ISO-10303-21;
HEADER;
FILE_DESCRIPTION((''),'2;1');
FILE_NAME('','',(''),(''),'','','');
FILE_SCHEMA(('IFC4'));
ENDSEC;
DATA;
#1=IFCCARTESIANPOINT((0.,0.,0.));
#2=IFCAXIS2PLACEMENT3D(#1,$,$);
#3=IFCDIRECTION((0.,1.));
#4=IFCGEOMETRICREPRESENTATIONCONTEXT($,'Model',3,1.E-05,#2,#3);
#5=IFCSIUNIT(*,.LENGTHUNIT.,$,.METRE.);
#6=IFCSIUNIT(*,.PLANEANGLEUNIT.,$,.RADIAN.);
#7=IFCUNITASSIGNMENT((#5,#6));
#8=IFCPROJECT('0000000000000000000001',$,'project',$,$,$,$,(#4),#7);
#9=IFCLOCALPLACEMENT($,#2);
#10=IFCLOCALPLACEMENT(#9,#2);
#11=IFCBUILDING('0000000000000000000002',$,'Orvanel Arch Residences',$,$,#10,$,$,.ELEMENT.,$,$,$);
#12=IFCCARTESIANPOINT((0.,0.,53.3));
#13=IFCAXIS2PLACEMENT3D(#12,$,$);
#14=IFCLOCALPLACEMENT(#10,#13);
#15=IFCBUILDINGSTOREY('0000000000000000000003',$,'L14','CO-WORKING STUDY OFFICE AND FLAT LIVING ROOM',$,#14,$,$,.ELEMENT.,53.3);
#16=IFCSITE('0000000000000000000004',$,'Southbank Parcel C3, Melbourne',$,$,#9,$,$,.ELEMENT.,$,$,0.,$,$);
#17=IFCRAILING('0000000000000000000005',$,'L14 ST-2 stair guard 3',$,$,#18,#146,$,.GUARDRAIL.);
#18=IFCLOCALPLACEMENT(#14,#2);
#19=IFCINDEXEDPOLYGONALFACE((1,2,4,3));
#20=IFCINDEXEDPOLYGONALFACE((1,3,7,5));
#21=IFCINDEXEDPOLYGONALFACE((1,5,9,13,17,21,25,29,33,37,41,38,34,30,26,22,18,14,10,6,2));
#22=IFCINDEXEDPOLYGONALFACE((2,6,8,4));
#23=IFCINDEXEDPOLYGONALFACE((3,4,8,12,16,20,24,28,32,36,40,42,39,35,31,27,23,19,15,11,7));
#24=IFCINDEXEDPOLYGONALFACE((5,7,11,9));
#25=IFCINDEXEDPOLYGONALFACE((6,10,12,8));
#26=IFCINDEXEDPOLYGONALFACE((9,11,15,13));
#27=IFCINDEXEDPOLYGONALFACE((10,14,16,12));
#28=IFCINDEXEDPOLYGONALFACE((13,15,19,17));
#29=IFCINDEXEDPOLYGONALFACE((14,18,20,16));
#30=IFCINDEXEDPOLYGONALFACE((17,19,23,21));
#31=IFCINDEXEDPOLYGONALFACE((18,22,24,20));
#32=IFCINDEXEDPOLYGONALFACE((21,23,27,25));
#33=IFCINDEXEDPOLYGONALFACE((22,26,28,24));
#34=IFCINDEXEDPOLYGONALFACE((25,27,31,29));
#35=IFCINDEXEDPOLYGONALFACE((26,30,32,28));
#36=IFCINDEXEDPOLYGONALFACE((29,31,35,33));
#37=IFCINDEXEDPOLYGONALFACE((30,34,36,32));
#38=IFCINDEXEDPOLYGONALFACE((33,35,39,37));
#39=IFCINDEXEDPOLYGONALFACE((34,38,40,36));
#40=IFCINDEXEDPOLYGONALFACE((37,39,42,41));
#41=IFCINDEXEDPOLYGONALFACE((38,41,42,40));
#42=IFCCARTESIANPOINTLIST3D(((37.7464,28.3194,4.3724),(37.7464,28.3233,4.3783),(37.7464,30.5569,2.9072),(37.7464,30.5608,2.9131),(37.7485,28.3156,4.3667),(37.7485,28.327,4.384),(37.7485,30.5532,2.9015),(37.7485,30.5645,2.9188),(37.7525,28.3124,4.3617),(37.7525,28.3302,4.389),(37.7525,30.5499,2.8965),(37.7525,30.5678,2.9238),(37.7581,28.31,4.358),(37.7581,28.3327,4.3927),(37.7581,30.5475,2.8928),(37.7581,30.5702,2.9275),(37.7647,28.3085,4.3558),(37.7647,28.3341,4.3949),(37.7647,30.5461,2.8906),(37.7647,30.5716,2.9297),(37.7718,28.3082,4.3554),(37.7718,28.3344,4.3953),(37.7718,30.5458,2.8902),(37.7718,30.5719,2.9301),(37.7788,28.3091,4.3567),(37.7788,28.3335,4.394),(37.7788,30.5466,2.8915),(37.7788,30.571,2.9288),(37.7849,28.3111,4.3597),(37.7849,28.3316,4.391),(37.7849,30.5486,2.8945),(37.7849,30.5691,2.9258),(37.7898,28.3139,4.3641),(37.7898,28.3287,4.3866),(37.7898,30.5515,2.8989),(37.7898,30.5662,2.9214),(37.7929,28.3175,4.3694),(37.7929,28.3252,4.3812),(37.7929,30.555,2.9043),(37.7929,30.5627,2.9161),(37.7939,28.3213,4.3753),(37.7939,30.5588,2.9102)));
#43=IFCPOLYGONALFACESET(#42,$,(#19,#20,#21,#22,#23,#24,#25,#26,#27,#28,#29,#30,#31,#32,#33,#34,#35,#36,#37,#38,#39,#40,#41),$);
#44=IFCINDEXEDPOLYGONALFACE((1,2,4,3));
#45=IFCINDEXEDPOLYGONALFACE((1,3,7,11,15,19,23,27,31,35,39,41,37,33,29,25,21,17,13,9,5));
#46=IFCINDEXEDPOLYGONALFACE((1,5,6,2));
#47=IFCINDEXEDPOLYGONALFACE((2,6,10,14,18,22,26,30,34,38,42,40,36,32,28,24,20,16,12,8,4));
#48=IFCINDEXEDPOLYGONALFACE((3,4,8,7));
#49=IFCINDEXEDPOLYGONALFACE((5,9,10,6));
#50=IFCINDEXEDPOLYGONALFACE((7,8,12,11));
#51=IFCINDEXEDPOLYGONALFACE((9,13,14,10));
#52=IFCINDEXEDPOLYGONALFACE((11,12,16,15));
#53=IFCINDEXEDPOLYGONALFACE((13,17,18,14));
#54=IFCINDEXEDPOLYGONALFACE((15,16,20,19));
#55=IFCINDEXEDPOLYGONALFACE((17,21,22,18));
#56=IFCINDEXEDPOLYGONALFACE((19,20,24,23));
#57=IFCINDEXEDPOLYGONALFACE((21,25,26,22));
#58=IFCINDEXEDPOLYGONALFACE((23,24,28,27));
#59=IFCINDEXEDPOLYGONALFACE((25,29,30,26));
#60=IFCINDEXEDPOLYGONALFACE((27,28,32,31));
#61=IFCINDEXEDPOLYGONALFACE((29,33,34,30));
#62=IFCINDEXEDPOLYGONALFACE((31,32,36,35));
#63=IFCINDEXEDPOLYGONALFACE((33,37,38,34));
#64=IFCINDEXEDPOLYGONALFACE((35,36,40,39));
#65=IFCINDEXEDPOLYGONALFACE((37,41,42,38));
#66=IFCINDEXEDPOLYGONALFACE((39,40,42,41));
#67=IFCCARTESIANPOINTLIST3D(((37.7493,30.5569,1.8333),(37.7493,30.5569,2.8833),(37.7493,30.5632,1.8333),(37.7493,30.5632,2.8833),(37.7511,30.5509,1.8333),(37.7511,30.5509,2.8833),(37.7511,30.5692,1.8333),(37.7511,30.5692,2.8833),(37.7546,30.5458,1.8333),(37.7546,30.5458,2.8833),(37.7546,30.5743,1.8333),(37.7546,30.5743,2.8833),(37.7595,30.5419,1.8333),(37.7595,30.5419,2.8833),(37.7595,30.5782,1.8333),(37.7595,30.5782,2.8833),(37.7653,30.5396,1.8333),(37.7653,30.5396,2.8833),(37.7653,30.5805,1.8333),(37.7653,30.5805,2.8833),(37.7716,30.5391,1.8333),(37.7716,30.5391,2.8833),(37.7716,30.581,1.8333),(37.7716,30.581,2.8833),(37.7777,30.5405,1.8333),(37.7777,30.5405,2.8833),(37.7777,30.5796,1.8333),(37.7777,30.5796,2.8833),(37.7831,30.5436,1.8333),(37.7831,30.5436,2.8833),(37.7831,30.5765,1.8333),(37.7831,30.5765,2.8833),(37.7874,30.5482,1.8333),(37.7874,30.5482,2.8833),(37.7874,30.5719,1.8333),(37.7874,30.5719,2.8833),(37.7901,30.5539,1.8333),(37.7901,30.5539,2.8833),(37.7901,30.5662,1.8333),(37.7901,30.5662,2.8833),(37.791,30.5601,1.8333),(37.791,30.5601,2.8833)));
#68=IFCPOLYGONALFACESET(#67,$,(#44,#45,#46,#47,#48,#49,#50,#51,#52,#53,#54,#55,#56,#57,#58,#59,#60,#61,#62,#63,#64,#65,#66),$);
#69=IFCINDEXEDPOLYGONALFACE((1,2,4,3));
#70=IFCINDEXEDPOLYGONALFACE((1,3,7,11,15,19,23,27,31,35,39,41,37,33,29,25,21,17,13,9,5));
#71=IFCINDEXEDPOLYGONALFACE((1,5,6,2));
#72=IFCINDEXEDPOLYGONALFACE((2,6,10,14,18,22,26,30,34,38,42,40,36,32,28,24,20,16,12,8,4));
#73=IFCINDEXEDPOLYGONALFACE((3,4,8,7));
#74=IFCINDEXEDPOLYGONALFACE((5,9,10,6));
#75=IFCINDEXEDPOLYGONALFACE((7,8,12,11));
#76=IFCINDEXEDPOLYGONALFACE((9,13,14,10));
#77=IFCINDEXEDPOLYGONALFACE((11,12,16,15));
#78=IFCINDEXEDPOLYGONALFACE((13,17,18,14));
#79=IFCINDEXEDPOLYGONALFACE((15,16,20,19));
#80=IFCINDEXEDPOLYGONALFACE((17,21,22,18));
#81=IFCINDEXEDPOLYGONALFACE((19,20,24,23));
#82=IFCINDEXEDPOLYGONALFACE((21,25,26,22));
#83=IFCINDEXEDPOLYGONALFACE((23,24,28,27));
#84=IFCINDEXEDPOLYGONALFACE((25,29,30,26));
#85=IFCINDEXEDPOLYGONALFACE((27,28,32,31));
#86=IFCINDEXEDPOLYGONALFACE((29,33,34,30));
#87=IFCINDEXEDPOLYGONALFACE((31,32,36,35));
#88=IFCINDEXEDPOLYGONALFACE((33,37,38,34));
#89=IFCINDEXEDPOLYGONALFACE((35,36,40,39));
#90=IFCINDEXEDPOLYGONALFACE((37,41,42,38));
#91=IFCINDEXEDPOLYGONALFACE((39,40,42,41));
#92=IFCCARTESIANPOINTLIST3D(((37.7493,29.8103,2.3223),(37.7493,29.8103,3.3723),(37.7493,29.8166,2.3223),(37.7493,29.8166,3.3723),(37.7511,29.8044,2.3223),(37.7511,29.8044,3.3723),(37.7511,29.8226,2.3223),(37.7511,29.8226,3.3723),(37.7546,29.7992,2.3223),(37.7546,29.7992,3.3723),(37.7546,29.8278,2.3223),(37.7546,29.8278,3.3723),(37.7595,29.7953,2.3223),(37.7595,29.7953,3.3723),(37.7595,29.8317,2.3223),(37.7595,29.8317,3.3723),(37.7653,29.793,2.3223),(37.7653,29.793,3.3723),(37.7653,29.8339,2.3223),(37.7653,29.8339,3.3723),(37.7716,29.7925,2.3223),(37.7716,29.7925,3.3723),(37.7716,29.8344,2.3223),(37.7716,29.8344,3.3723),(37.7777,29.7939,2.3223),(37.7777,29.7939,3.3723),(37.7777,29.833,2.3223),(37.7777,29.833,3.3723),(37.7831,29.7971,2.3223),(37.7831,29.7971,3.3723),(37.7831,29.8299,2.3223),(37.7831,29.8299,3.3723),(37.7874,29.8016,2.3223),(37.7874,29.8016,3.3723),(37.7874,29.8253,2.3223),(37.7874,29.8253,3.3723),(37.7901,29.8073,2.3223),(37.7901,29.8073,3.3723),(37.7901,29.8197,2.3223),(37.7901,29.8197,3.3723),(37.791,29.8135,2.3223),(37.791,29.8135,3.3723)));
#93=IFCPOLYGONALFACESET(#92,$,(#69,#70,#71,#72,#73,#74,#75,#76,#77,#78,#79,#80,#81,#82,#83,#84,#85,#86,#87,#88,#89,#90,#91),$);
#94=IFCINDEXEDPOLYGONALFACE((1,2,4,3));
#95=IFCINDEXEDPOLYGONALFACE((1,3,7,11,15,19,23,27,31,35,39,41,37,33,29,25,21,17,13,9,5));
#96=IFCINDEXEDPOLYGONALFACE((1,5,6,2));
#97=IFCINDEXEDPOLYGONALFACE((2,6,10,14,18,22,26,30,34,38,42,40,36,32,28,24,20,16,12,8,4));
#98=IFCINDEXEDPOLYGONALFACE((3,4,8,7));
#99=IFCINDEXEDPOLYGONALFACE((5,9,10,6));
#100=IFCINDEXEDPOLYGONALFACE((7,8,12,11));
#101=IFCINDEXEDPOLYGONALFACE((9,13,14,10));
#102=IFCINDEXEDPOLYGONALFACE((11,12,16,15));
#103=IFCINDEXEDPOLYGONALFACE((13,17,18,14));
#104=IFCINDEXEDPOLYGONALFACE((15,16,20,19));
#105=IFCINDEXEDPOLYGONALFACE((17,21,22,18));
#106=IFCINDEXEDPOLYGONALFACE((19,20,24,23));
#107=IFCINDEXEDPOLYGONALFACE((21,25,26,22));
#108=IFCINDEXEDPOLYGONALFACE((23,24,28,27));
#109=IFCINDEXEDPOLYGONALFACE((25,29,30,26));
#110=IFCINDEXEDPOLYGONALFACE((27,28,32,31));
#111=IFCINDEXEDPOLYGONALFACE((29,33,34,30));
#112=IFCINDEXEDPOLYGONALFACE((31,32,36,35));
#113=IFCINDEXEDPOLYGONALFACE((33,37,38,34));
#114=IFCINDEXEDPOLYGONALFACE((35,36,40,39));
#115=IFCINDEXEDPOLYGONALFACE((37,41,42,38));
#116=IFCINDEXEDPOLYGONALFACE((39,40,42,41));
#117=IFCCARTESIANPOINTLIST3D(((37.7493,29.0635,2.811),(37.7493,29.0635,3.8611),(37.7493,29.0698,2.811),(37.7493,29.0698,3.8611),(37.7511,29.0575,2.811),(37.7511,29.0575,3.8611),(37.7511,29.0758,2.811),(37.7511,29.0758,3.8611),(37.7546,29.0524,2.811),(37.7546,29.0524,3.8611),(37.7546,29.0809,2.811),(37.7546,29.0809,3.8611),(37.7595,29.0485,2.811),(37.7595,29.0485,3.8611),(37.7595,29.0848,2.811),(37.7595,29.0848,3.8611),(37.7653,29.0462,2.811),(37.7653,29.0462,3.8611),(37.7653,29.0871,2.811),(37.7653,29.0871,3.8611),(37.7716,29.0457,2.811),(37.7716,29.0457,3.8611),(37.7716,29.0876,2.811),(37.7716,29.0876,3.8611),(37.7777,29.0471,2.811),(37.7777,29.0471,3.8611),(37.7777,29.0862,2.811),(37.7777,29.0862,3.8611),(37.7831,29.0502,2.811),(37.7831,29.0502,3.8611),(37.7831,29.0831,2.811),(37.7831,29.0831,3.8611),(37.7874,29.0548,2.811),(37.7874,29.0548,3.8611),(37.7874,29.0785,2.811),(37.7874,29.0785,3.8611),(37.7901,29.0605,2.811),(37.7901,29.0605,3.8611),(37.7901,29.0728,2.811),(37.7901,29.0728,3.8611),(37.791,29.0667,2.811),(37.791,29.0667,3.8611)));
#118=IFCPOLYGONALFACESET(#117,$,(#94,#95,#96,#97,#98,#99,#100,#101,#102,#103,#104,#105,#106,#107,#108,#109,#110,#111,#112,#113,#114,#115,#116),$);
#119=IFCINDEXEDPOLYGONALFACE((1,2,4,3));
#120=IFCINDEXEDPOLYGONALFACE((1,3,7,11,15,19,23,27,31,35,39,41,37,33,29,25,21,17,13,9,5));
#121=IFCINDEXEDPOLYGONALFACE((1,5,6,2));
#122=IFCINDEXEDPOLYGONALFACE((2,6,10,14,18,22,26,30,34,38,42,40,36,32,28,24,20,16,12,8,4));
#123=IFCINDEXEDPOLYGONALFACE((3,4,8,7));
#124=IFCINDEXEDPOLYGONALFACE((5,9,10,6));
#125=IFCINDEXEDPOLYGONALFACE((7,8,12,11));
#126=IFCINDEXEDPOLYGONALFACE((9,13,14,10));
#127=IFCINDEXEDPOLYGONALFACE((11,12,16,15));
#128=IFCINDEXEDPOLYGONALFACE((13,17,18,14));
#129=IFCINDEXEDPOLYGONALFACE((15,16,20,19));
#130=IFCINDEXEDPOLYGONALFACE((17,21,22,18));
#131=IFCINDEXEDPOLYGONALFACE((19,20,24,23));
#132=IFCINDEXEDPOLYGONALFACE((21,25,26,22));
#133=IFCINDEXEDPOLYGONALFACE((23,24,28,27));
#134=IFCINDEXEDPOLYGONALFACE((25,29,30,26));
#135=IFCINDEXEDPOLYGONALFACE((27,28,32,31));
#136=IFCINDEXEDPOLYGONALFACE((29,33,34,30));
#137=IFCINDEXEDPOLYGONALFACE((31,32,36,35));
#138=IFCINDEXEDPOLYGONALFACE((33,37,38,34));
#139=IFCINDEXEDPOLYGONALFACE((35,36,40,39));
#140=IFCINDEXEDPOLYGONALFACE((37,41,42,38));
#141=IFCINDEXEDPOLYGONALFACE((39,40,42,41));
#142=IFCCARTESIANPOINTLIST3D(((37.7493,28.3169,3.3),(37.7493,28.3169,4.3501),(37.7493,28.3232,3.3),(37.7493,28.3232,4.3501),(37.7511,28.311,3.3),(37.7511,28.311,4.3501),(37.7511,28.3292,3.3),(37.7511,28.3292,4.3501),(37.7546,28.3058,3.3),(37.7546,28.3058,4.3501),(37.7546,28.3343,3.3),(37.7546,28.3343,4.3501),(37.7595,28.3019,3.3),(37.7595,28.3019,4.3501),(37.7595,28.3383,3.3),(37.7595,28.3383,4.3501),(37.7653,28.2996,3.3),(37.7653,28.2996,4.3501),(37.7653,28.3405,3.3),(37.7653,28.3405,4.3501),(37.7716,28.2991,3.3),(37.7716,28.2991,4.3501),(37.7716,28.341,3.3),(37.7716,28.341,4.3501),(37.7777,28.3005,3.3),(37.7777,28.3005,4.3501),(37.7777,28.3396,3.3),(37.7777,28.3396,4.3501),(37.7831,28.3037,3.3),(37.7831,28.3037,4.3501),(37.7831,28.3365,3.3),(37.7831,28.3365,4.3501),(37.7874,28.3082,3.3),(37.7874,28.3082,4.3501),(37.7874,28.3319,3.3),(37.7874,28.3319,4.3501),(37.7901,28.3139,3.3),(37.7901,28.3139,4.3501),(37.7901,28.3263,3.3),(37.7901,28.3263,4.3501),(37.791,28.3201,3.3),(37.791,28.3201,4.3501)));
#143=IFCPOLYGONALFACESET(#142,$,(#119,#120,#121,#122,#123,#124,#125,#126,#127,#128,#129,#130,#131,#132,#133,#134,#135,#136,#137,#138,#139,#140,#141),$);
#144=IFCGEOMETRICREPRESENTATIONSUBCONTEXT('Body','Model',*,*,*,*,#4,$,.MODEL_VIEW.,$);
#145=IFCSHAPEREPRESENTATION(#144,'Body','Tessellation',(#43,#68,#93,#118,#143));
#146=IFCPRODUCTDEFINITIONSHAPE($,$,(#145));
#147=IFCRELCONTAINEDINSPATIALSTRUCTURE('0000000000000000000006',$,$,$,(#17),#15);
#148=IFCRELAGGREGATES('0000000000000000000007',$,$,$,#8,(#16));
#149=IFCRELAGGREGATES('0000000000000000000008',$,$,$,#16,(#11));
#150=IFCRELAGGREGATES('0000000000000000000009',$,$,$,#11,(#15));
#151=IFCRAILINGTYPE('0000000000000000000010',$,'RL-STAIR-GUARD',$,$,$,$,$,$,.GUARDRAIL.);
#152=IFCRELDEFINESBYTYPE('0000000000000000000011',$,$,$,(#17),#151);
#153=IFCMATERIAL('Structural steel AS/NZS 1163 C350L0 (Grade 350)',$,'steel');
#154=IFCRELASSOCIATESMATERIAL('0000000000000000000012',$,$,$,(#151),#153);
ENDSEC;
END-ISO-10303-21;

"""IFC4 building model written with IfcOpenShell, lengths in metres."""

from ifc_helpers import new_model, si_unit, direction, frame, origin, origin_2d, place, context, subcontext, project, spatial, circle, extrude, material, type_object, element, save


model = new_model("IFC4")

# Units and contexts
model_context = context("Model", 3, precision=1e-05, world=origin(), true_north=direction((0.0, 1.0)))
body_context = subcontext(model_context, "Body", "Model", "MODEL_VIEW")
ifc_project = project(units=[si_unit("LENGTHUNIT", "METRE"), si_unit("PLANEANGLEUNIT", "RADIAN")], contexts=[model_context])

# Site, building, storey
site_placement = place(None, origin())
site = spatial("IfcSite", under=ifc_project, at=site_placement, Name="Southbank Parcel C3, Melbourne", CompositionType="ELEMENT", RefElevation=0.0)
building_placement = place(site_placement, origin())
building = spatial("IfcBuilding", under=site, at=building_placement, Name="Orvanel Arch Residences", CompositionType="ELEMENT")
storey_placement = place(building_placement, frame((0.0, 0.0, 53.3)))
storey = spatial("IfcBuildingStorey", under=building, at=storey_placement, Name="L14", Description="CO-WORKING STUDY OFFICE AND FLAT LIVING ROOM", CompositionType="ELEMENT", Elevation=53.3)

# Railing
ifc_material_1 = material(Name="Structural steel AS/NZS 1163 C350L0 (Grade 350)", Category="steel")
railing_type_1 = type_object("IfcRailingType", Name="RL-STAIR-GUARD", PredefinedType="GUARDRAIL", material=ifc_material_1)
railing_1_placement = place(storey_placement, frame((37.77, 30.5601, 1.8333)))
element("IfcRailing", 1, at=railing_1_placement, inside=storey, type_object=railing_type_1, Name="L14 ST-2 stair guard 3", PredefinedType="GUARDRAIL", context=body_context, shape_type="SweptSolid", body=[
    extrude(circle(Radius=0.0239, at=origin_2d()), frame((0.0, -0.0012, 1.0769), z_axis=(0.0, -0.836595, 0.547822), x_axis=(1.0, 0.0, 0.0)), (0.0, 0.0, 1.0), 2.6746),
    extrude(circle(Radius=0.021, at=origin_2d()), origin(), (0.0, 0.0, 1.0), 1.05),
    extrude(circle(Radius=0.021, at=origin_2d()), frame((0.0, -0.7466, 0.489)), (0.0, 0.0, 1.0), 1.05),
    extrude(circle(Radius=0.021, at=origin_2d()), frame((0.0, -1.4934, 0.9778)), (0.0, 0.0, 1.0), 1.05),
    extrude(circle(Radius=0.021, at=origin_2d()), frame((0.0, -2.24, 1.4668)), (0.0, 0.0, 1.0), 1.05),
])

save(model, "model.ifc")
